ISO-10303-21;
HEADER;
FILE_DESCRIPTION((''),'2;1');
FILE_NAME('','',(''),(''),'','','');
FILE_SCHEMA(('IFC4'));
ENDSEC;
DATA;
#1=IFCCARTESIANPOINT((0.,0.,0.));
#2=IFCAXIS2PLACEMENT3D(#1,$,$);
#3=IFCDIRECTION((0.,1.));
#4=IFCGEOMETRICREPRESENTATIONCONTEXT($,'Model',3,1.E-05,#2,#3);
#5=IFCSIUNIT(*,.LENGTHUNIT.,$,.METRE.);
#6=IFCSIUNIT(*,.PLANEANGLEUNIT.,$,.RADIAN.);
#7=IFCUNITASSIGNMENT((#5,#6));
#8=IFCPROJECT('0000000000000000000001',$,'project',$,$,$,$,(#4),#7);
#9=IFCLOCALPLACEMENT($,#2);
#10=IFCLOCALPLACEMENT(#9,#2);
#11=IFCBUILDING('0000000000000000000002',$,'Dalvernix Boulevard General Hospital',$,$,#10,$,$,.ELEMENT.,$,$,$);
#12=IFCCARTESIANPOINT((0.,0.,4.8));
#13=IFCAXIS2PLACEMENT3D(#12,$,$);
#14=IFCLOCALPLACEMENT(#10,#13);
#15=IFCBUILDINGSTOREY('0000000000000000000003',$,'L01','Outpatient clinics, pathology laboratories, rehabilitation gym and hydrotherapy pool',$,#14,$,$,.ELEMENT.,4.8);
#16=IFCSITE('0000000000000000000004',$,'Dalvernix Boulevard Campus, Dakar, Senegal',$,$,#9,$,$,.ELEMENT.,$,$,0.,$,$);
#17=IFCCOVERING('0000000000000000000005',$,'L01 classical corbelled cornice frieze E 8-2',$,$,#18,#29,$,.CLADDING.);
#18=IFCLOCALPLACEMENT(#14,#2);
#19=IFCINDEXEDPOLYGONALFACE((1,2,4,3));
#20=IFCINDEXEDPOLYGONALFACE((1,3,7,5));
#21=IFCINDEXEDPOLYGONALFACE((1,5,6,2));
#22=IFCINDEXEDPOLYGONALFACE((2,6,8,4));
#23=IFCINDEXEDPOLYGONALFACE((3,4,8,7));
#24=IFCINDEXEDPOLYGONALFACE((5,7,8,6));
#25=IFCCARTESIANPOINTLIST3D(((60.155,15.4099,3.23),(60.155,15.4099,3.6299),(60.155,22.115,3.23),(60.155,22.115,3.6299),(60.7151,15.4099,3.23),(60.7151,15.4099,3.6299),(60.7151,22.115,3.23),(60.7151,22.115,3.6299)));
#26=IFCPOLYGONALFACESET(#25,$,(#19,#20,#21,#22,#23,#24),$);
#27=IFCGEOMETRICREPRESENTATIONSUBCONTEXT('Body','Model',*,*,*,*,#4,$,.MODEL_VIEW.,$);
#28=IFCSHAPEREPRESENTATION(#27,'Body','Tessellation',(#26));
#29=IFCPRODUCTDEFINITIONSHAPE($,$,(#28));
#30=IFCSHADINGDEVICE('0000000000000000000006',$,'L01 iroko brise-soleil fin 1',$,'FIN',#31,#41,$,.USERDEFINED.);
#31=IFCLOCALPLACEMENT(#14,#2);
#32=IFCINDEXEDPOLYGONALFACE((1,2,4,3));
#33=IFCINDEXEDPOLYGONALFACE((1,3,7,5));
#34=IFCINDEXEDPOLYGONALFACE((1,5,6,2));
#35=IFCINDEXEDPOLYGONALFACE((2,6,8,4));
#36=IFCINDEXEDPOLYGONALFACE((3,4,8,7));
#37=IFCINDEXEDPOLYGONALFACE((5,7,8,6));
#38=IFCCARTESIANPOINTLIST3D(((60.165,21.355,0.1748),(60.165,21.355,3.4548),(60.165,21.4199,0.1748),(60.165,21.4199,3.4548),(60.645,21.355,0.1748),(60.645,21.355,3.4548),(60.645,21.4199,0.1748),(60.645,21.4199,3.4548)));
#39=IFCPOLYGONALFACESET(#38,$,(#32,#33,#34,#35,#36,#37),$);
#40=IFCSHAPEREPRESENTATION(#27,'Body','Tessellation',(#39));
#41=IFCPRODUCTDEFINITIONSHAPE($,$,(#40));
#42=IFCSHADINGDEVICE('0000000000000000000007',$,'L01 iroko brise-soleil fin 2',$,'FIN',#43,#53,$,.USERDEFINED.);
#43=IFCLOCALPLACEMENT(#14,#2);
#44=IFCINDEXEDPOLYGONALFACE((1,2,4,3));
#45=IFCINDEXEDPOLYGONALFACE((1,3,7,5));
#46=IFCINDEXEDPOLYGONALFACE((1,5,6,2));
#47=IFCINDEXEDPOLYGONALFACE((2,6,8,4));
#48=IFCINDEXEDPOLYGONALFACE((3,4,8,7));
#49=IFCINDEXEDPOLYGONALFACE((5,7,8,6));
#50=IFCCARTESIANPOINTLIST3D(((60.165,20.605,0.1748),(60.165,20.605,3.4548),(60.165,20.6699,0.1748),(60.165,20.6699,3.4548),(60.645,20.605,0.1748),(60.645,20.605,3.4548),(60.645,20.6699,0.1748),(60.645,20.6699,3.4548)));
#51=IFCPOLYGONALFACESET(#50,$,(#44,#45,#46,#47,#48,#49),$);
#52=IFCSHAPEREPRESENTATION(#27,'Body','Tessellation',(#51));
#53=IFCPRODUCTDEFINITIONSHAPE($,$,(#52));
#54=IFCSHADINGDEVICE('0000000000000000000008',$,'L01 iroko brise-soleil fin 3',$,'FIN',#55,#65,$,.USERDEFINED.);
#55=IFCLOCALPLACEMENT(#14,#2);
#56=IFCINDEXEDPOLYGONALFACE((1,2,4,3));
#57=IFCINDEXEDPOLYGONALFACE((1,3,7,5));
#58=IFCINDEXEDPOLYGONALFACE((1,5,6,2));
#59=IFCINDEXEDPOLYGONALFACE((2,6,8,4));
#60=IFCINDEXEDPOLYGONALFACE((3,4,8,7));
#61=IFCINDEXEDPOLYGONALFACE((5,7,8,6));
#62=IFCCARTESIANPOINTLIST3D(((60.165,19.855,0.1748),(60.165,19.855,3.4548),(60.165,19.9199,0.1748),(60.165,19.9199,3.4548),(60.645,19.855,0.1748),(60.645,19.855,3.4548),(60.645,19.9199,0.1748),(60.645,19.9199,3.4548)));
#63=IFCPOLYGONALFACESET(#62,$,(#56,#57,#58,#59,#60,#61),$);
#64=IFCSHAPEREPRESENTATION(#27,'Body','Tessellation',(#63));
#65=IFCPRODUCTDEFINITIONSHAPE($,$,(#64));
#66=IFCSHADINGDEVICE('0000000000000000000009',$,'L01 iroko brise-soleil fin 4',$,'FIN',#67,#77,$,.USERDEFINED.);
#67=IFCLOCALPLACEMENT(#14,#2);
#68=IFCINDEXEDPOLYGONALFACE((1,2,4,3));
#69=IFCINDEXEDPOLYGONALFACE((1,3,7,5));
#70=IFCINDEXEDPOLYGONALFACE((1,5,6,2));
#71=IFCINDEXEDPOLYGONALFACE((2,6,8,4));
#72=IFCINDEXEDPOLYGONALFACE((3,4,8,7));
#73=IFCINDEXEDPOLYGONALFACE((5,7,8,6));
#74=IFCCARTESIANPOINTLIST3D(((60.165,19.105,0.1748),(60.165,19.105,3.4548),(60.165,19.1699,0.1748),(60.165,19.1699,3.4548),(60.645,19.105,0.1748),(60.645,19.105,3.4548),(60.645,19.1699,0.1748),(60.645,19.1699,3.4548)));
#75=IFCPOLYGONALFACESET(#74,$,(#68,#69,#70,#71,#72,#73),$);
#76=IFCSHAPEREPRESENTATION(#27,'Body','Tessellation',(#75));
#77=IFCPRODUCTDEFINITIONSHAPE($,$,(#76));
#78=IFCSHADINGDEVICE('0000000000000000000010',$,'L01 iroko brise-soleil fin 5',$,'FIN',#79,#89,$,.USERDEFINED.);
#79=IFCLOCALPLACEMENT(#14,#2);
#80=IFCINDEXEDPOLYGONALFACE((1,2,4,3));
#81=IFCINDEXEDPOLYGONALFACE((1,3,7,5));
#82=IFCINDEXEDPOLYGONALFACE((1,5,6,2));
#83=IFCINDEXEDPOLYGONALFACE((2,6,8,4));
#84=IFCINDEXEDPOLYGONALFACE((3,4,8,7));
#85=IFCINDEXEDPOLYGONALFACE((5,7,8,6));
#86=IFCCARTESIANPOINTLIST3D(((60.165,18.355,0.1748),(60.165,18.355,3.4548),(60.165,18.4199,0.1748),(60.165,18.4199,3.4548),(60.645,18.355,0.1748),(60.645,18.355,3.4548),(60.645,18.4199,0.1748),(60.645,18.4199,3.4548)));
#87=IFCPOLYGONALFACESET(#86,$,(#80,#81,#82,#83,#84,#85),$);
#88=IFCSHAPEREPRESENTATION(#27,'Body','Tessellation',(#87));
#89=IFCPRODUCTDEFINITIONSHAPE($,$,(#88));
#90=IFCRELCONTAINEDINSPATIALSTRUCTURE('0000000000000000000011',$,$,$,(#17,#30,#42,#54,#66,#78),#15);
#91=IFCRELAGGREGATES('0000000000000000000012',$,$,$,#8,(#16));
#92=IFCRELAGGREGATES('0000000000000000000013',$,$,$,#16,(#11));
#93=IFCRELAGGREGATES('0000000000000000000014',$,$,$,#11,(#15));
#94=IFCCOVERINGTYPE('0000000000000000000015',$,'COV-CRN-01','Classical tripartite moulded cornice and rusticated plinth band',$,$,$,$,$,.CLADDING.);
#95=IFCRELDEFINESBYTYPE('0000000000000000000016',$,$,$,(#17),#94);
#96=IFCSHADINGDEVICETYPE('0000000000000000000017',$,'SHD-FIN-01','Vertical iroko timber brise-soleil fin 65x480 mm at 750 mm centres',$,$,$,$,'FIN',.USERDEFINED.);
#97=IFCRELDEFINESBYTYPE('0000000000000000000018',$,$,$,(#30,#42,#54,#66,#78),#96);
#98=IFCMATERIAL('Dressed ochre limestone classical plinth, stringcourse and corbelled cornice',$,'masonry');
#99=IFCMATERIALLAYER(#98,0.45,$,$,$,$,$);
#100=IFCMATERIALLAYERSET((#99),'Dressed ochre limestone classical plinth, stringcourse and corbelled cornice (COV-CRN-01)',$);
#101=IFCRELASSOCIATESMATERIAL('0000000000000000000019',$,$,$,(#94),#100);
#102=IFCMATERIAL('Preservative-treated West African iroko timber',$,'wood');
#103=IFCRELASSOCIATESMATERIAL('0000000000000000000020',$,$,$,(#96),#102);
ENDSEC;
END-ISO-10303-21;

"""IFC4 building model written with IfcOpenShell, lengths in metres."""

from ifc_helpers import new_model, si_unit, direction, frame, origin, origin_2d, place, context, subcontext, project, spatial, rectangle, extrude, material, layer, layer_set, type_object, element, save


model = new_model("IFC4")

# Units and contexts
model_context = context("Model", 3, precision=1e-05, world=origin(), true_north=direction((0.0, 1.0)))
body_context = subcontext(model_context, "Body", "Model", "MODEL_VIEW")
ifc_project = project(units=[si_unit("LENGTHUNIT", "METRE"), si_unit("PLANEANGLEUNIT", "RADIAN")], contexts=[model_context])

# Site, building, storey
site_placement = place(None, origin())
site = spatial("IfcSite", under=ifc_project, at=site_placement, Name="Dalvernix Boulevard Campus, Dakar, Senegal", CompositionType="ELEMENT", RefElevation=0.0)
building_placement = place(site_placement, origin())
building = spatial("IfcBuilding", under=site, at=building_placement, Name="Dalvernix Boulevard General Hospital", CompositionType="ELEMENT")
storey_placement = place(building_placement, frame((0.0, 0.0, 4.8)))
storey = spatial("IfcBuildingStorey", under=building, at=storey_placement, Name="L01", Description="Outpatient clinics, pathology laboratories, rehabilitation gym and hydrotherapy pool", CompositionType="ELEMENT", Elevation=4.8)

# Covering
ifc_material_1 = material(Name="Dressed ochre limestone classical plinth, stringcourse and corbelled cornice", Category="masonry")
ifc_layer_1 = layer(ifc_material_1, 0.45)
ifc_layer_set_1 = layer_set([ifc_layer_1], Name="Dressed ochre limestone classical plinth, stringcourse and corbelled cornice (COV-CRN-01)")
covering_type_1 = type_object("IfcCoveringType", Name="COV-CRN-01", Description="Classical tripartite moulded cornice and rusticated plinth band", PredefinedType="CLADDING", material=ifc_layer_set_1)
covering_1_placement = place(storey_placement, frame((60.4351, 18.7625, 3.23), z_axis=(0.0, 0.0, 1.0), x_axis=(0.0, -1.0, 0.0)))
element("IfcCovering", 1, at=covering_1_placement, inside=storey, type_object=covering_type_1, Name="L01 classical corbelled cornice frieze E 8-2", PredefinedType="CLADDING", context=body_context, shape_type="SweptSolid", body=[
    extrude(rectangle(XDim=6.7051, YDim=0.5601, at=origin_2d()), origin(), (0.0, 0.0, 1.0), 0.3999),
])

# Shading devices
ifc_material_2 = material(Name="Preservative-treated West African iroko timber", Category="wood")
shading_device_type = type_object("IfcShadingDeviceType", Name="SHD-FIN-01", Description="Vertical iroko timber brise-soleil fin 65x480 mm at 750 mm centres", ElementType="FIN", PredefinedType="USERDEFINED", material=ifc_material_2)
for number, where, z_axis, x_axis, name in (
    (2, (60.405, 21.3875, 0.1748), (0.0, 0.0, 1.0), (0.0, -1.0, 0.0), "L01 iroko brise-soleil fin 1"),
    (3, (60.405, 20.6375, 0.1748), (0.0, 0.0, 1.0), (0.0, -1.0, 0.0), "L01 iroko brise-soleil fin 2"),
    (4, (60.405, 19.8875, 0.1748), (0.0, 0.0, 1.0), (0.0, -1.0, 0.0), "L01 iroko brise-soleil fin 3"),
    (5, (60.405, 19.1375, 0.1748), (0.0, 0.0, 1.0), (0.0, -1.0, 0.0), "L01 iroko brise-soleil fin 4"),
    (6, (60.405, 18.3875, 0.1748), (0.0, 0.0, 1.0), (0.0, -1.0, 0.0), "L01 iroko brise-soleil fin 5"),
):
    element("IfcShadingDevice", number, at=place(storey_placement, frame(where, z_axis=z_axis, x_axis=x_axis)), inside=storey, type_object=shading_device_type, Name=name, ObjectType="FIN", PredefinedType="USERDEFINED", context=body_context, shape_type="SweptSolid", body=[
        extrude(rectangle(XDim=0.0649, YDim=0.48, at=origin_2d()), origin(), (0.0, 0.0, 1.0), 3.28),
    ])

save(model, "model.ifc")
